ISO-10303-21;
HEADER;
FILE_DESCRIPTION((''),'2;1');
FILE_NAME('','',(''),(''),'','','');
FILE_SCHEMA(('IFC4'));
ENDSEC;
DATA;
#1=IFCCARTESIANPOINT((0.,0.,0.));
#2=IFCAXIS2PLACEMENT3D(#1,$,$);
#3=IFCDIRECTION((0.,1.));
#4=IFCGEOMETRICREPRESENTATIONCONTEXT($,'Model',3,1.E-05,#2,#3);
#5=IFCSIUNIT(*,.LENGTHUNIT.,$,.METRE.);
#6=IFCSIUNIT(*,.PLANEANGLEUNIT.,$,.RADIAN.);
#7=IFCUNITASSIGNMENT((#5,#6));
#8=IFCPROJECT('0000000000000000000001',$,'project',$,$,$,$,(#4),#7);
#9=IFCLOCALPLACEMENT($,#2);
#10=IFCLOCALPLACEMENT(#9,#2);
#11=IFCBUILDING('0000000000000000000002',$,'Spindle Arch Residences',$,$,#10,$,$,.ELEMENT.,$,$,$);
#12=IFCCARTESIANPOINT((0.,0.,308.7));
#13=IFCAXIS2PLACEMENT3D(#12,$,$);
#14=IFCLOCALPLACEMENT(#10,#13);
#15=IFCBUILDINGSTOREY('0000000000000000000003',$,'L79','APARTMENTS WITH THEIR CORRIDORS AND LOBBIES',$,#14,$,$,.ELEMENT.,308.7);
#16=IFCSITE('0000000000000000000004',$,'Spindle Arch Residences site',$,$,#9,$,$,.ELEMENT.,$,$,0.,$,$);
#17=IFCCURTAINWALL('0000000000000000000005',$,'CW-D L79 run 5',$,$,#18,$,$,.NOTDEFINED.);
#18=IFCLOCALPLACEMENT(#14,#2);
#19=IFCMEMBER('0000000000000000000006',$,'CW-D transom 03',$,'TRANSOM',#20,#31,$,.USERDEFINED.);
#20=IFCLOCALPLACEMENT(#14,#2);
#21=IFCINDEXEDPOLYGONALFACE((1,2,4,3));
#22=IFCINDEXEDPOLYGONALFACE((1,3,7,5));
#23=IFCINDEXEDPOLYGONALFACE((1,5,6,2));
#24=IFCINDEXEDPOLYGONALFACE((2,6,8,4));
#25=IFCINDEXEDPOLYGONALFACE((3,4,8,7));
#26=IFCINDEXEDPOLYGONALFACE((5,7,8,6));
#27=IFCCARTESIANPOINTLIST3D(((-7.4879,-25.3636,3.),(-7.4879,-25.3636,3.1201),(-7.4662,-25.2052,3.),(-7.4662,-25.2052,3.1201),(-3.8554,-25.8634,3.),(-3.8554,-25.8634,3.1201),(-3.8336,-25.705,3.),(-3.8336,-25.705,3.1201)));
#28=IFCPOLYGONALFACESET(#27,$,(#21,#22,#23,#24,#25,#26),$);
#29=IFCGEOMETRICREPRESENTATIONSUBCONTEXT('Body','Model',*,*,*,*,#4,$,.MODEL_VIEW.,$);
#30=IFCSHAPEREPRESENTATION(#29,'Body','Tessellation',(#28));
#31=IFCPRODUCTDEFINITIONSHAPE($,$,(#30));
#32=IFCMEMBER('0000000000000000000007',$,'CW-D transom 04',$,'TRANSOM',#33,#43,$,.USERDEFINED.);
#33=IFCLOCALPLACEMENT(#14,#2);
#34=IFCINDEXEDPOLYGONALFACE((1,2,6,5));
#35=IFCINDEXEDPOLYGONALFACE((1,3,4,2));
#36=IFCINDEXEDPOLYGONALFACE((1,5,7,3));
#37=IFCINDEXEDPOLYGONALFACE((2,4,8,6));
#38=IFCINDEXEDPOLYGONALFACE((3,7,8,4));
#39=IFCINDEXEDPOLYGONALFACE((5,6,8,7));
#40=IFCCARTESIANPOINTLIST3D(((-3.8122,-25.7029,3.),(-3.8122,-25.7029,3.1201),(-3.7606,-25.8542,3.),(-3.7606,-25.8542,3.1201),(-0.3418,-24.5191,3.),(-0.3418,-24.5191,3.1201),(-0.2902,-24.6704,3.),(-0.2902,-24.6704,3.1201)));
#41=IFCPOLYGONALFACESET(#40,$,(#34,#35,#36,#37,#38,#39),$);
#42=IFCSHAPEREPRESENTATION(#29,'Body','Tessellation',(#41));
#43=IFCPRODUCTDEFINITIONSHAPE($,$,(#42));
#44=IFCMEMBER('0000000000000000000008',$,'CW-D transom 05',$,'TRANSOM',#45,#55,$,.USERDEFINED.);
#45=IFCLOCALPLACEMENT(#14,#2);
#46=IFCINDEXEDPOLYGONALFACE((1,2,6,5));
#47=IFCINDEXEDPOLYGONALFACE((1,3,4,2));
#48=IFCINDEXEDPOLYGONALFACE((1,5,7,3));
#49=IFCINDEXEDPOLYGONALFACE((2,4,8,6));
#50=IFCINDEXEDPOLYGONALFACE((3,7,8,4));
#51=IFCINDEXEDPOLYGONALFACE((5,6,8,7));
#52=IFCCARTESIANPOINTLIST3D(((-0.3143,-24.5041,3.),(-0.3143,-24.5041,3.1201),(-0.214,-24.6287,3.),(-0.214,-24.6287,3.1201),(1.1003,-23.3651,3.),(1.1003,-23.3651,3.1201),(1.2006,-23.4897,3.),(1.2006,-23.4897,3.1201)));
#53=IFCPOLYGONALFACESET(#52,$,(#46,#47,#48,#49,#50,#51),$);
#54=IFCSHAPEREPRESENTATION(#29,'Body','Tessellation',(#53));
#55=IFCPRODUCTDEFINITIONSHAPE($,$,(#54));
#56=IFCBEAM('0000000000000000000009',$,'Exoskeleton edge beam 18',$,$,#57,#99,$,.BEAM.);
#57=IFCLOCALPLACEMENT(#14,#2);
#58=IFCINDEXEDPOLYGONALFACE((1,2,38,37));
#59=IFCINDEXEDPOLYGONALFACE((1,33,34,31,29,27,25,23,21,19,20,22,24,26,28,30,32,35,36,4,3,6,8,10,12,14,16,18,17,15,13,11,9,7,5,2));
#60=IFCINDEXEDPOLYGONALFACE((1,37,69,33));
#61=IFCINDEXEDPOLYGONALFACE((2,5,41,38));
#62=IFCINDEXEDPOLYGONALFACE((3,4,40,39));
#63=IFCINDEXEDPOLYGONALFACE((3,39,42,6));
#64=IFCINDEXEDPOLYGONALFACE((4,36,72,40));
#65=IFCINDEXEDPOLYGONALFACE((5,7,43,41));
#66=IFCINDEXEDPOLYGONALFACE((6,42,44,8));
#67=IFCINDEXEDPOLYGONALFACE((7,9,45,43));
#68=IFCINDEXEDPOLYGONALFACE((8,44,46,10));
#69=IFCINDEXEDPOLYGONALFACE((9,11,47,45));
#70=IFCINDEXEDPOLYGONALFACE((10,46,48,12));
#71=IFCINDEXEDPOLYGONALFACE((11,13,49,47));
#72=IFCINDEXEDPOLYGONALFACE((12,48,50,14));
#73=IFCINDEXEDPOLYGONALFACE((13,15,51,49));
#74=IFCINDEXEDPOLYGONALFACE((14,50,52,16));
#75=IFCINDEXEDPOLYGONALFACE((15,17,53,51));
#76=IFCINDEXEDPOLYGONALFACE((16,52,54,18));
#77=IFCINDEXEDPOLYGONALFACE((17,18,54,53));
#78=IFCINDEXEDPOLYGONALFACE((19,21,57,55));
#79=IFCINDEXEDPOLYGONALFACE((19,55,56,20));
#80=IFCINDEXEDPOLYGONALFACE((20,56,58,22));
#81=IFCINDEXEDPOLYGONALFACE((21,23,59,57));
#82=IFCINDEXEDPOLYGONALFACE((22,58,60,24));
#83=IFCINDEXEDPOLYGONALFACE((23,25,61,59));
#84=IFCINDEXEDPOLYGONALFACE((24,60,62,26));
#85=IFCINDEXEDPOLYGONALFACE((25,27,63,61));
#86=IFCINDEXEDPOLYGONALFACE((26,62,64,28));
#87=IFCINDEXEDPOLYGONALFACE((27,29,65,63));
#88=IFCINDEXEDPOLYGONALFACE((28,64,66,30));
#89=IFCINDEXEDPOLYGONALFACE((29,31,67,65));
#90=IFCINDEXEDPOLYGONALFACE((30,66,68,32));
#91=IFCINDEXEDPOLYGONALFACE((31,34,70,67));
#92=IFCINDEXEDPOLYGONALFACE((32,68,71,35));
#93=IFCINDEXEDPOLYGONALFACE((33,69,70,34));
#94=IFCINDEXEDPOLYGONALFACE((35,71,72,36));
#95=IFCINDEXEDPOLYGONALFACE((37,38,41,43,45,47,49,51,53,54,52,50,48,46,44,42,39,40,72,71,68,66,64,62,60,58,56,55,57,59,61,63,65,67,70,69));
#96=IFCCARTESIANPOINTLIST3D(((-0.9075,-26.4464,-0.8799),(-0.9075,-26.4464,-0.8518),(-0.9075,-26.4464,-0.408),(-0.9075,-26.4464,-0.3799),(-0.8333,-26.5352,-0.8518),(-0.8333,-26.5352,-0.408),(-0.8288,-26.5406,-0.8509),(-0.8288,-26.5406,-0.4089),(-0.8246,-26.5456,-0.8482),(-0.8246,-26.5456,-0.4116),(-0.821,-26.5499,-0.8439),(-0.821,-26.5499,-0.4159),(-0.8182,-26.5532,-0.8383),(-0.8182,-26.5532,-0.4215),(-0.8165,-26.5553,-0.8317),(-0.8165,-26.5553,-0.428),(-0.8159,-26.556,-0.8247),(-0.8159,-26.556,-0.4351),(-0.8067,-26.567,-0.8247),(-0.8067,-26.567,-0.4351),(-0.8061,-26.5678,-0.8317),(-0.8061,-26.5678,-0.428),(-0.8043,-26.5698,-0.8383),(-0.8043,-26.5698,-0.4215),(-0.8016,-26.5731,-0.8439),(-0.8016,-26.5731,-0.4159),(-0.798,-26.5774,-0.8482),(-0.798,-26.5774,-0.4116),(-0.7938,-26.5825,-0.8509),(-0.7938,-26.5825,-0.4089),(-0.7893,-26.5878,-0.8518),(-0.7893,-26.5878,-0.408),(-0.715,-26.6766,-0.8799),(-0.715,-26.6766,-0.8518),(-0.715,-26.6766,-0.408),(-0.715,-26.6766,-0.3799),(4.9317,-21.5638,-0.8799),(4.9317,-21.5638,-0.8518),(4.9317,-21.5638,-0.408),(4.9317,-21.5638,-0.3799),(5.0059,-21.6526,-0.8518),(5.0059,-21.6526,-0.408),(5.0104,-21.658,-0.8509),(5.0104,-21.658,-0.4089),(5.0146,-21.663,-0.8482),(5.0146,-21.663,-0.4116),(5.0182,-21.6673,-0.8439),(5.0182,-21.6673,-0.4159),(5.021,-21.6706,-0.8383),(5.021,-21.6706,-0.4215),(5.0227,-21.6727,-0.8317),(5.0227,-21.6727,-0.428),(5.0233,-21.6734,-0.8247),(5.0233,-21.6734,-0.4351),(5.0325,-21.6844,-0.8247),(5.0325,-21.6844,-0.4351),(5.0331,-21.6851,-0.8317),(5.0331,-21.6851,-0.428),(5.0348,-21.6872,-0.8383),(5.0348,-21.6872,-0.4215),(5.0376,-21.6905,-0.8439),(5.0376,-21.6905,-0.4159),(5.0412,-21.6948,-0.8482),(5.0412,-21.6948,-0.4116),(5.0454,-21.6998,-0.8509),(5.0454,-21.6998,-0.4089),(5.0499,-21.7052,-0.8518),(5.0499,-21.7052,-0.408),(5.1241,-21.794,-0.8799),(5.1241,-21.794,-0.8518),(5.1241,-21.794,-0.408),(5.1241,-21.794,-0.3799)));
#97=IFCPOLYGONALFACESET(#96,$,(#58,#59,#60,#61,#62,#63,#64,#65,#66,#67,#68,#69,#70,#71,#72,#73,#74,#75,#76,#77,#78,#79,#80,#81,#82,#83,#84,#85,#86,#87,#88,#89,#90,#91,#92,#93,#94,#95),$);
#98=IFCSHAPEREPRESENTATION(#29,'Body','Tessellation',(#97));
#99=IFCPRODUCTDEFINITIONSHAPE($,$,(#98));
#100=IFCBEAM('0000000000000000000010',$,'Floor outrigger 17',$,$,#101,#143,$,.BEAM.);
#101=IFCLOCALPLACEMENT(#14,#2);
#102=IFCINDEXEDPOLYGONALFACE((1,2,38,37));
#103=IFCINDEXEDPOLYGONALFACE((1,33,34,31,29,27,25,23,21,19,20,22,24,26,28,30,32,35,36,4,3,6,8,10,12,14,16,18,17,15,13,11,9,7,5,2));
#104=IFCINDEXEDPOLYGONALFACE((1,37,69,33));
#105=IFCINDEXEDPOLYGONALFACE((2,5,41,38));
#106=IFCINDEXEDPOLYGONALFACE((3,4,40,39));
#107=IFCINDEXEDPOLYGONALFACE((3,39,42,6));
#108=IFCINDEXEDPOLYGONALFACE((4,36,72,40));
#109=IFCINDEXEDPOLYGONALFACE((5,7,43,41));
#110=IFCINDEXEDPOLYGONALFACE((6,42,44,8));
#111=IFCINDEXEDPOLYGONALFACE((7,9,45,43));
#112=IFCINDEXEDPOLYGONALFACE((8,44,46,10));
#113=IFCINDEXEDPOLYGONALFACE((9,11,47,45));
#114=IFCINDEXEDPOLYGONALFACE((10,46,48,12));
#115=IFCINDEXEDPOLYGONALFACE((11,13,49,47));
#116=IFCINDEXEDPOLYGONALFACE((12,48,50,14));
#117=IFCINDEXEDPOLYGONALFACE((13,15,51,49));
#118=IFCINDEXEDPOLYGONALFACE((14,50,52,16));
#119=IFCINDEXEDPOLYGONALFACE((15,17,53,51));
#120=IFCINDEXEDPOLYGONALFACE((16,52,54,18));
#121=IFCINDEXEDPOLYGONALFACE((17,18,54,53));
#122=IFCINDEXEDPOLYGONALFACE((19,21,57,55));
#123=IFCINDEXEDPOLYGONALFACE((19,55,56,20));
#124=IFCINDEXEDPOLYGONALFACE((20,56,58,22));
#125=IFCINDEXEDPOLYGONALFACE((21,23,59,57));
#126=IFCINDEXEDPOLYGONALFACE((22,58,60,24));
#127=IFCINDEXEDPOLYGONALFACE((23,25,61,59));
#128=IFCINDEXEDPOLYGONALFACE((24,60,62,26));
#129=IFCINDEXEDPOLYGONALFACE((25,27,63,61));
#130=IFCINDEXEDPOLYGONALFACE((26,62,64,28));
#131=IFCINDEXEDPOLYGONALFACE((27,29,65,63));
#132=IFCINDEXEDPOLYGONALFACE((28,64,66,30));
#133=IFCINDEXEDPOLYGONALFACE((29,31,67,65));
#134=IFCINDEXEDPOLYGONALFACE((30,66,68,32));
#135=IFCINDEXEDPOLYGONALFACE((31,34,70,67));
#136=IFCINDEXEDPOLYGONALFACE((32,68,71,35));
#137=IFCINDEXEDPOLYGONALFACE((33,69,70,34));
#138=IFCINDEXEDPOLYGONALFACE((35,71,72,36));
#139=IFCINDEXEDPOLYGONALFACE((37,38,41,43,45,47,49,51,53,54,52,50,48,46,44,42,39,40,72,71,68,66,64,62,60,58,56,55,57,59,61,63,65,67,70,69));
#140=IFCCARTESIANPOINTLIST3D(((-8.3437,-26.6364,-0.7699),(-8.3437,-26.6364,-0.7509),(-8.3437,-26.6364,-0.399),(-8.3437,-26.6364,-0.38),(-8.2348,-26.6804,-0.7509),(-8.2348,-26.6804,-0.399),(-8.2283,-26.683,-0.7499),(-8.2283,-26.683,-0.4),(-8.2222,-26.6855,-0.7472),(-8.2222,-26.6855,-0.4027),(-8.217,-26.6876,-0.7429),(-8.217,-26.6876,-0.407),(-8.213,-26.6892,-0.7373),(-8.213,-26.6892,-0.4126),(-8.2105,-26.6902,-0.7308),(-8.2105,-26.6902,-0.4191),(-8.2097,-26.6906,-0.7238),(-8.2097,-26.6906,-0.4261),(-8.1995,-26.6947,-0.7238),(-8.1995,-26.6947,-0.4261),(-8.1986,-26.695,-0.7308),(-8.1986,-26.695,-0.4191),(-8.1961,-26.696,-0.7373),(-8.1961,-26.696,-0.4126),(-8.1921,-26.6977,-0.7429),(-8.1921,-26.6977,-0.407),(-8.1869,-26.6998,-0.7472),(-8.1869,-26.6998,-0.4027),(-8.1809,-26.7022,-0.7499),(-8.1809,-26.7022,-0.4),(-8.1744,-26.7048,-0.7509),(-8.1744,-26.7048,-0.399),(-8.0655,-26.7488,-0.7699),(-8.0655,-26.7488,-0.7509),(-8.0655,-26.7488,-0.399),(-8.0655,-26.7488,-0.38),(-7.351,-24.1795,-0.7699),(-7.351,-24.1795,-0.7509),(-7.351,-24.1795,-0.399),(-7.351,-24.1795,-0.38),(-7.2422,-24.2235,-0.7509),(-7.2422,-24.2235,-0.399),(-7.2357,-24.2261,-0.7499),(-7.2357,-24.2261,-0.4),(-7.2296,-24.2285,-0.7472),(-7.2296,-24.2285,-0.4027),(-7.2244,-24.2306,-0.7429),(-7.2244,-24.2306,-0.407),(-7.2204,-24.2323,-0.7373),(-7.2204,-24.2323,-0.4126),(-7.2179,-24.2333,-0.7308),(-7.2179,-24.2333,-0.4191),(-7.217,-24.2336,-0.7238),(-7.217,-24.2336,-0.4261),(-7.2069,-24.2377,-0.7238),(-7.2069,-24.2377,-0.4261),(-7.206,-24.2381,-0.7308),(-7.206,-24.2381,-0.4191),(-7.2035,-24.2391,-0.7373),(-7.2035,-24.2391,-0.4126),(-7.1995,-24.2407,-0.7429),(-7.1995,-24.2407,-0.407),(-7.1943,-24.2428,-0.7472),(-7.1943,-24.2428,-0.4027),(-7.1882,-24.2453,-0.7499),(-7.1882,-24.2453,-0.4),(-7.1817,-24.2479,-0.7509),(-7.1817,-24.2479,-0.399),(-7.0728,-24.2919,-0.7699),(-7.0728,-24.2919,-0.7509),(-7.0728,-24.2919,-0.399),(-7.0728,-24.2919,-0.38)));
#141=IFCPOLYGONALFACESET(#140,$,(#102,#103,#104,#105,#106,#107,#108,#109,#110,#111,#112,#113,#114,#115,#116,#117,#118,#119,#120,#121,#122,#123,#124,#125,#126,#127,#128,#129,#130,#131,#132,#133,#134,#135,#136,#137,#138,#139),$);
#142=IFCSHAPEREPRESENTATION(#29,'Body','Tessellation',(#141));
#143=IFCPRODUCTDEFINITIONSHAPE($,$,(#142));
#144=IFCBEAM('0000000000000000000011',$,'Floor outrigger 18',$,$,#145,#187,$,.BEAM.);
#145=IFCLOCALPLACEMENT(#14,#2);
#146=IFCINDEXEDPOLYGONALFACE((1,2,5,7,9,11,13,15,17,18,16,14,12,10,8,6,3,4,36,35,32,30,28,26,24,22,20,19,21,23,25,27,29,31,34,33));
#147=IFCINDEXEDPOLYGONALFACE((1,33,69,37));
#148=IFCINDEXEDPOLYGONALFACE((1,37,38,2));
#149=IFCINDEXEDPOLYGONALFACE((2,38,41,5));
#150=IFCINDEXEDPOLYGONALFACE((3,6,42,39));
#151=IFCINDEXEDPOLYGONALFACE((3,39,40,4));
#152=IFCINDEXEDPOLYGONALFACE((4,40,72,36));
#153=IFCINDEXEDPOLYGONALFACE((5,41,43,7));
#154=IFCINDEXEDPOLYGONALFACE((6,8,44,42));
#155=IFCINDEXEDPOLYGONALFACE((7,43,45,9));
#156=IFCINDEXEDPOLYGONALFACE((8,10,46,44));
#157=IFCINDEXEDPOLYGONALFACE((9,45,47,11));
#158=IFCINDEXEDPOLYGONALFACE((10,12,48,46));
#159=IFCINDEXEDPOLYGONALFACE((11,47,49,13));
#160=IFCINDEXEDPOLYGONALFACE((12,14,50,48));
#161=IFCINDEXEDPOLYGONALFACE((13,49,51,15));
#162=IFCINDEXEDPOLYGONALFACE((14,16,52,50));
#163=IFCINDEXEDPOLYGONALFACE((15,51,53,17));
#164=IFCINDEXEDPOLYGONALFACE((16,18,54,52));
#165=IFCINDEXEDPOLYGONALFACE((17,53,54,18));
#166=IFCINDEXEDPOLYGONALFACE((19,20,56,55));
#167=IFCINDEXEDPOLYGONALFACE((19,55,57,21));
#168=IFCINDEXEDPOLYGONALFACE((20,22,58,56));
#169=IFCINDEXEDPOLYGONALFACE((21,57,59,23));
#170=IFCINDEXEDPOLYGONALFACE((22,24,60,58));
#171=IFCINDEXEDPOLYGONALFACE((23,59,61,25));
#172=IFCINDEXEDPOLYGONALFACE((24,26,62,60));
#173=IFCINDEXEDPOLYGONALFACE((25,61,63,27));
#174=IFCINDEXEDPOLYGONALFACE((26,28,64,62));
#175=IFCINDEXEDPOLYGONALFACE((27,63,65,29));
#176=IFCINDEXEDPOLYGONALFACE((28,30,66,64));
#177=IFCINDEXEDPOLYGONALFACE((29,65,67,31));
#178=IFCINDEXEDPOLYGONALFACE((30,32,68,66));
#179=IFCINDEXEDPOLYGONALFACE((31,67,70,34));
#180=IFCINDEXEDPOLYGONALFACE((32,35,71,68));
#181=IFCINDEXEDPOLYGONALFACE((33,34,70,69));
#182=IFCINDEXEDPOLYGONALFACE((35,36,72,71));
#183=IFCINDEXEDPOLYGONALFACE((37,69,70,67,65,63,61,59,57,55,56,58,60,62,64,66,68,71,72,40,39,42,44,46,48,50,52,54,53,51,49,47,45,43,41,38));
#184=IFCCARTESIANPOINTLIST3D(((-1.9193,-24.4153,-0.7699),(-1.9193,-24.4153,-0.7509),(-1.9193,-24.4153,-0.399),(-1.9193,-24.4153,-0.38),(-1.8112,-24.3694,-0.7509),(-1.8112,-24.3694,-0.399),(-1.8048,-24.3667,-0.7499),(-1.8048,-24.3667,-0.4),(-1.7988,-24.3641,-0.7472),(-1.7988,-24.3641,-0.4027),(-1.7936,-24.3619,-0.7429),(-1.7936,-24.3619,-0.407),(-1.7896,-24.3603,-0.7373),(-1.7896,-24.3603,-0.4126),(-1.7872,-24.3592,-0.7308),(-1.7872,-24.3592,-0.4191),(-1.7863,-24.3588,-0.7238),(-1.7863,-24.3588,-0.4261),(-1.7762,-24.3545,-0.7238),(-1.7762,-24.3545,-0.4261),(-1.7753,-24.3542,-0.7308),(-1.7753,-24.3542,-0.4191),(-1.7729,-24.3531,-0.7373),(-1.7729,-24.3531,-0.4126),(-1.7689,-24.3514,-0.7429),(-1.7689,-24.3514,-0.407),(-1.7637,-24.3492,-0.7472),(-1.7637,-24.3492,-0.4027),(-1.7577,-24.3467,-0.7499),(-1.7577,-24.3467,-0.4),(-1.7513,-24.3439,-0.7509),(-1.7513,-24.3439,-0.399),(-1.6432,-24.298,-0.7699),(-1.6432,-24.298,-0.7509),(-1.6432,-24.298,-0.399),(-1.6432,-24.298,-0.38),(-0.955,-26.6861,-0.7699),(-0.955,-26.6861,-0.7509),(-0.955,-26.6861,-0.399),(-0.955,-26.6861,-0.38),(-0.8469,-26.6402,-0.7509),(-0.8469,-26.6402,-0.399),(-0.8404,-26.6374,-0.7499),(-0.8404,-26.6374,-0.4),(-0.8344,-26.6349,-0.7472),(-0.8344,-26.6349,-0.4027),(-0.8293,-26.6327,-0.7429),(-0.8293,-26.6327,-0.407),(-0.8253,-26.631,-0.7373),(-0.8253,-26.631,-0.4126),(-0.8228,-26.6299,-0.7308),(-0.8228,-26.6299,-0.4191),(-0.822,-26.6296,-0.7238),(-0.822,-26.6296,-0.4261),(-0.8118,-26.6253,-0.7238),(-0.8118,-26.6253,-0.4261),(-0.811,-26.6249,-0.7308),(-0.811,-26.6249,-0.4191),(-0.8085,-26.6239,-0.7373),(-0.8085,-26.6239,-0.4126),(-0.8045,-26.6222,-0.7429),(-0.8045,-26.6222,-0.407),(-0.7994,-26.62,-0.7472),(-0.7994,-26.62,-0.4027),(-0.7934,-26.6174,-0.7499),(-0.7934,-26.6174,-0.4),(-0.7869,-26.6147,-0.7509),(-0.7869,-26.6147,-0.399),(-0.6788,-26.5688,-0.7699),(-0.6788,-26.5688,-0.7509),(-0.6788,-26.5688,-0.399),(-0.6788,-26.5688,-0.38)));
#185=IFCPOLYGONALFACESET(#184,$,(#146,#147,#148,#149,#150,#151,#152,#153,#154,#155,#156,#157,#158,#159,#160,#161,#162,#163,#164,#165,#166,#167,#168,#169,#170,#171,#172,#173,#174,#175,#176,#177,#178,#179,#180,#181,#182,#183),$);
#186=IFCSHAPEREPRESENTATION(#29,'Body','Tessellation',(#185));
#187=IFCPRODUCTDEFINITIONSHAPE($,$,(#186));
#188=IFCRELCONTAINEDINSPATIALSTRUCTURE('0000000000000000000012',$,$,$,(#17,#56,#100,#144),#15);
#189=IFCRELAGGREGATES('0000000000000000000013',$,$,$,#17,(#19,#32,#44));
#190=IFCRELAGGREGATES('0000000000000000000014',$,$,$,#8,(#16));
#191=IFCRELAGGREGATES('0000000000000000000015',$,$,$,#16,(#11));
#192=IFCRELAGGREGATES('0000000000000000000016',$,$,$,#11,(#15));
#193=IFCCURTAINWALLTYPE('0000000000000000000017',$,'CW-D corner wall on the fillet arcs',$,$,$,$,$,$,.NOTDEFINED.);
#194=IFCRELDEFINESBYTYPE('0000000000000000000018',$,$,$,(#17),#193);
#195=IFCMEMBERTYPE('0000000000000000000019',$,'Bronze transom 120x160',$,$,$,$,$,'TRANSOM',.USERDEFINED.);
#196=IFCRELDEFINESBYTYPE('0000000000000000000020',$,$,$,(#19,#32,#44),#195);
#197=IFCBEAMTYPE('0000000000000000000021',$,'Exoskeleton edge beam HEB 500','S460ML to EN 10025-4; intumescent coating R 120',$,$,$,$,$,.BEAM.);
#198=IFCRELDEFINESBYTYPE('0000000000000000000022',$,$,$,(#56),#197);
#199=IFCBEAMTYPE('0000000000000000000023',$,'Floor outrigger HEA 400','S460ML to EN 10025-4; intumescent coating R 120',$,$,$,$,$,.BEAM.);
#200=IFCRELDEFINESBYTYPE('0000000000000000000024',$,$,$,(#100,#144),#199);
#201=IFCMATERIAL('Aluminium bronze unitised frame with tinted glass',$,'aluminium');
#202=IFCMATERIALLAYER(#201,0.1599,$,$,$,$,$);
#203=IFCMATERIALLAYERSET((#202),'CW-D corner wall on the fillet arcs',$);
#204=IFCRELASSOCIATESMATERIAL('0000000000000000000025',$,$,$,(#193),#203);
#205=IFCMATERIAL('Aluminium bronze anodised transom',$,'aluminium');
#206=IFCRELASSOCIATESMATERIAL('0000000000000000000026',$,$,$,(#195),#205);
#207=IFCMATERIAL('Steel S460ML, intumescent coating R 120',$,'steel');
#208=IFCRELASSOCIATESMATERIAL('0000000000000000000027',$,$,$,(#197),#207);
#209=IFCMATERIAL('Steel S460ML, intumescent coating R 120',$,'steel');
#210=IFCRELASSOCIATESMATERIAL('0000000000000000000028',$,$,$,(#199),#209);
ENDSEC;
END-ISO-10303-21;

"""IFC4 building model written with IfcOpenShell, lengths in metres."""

from ifc_helpers import new_model, si_unit, direction, frame, origin, origin_2d, place, context, subcontext, project, spatial, rectangle, i_section, extrude, material, layer, layer_set, material_profile, profile_set, type_object, element, aggregate, save


model = new_model("IFC4")

# Units and contexts
model_context = context("Model", 3, precision=1e-05, world=origin(), true_north=direction((0.0, 1.0)))
body_context = subcontext(model_context, "Body", "Model", "MODEL_VIEW")
ifc_project = project(units=[si_unit("LENGTHUNIT", "METRE"), si_unit("PLANEANGLEUNIT", "RADIAN")], contexts=[model_context])

# Site, building, storey
site_placement = place(None, origin())
site = spatial("IfcSite", under=ifc_project, at=site_placement, Name="Spindle Arch Residences site", CompositionType="ELEMENT", RefElevation=0.0)
building_placement = place(site_placement, origin())
building = spatial("IfcBuilding", under=site, at=building_placement, Name="Spindle Arch Residences", CompositionType="ELEMENT")
storey_placement = place(building_placement, frame((0.0, 0.0, 308.7)))
storey = spatial("IfcBuildingStorey", under=building, at=storey_placement, Name="L79", Description="APARTMENTS WITH THEIR CORRIDORS AND LOBBIES", CompositionType="ELEMENT", Elevation=308.7)

# Curtain wall, members
ifc_material_1 = material(Name="Aluminium bronze unitised frame with tinted glass", Category="aluminium")
ifc_layer_1 = layer(ifc_material_1, 0.1599)
ifc_layer_set_1 = layer_set([ifc_layer_1], Name="CW-D corner wall on the fillet arcs")
curtain_wall_type = type_object("IfcCurtainWallType", Name="CW-D corner wall on the fillet arcs", PredefinedType="NOTDEFINED", material=ifc_layer_set_1)
curtain_wall_placement = place(storey_placement, origin())
curtain_wall = element("IfcCurtainWall", 1, at=curtain_wall_placement, inside=storey, type_object=curtain_wall_type, Name="CW-D L79 run 5", PredefinedType="NOTDEFINED")
ifc_material_2 = material(Name="Aluminium bronze anodised transom", Category="aluminium")
ifc_material_profile_1 = material_profile(ifc_material_2, rectangle(XDim=0.1599, YDim=0.1201, at=origin_2d()), Name="TR 120x160")
ifc_profile_set_1 = profile_set([ifc_material_profile_1], Name="Aluminium bronze anodised transom")
member_type_1 = type_object("IfcMemberType", Name="Bronze transom 120x160", ElementType="TRANSOM", PredefinedType="USERDEFINED", material=ifc_profile_set_1)
member_1_placement = place(storey_placement, frame((-7.4771, -25.2844, 3.0601), z_axis=(0.990669, -0.136293, 0.0), x_axis=(0.136293, 0.990669, 0.0)))
member_1 = element("IfcMember", 2, at=member_1_placement, type_object=member_type_1, Name="CW-D transom 03", ObjectType="TRANSOM", PredefinedType="USERDEFINED", context=body_context, shape_type="SweptSolid", body=[
    extrude(rectangle(XDim=0.1599, YDim=0.1201, at=origin_2d()), origin(), (0.0, 0.0, 1.0), 3.6667),
])
member_2_placement = place(storey_placement, frame((-3.7864, -25.7786, 3.0601), z_axis=(0.94645, 0.322852, 0.0), x_axis=(-0.322852, 0.94645, 0.0)))
member_2 = element("IfcMember", 3, at=member_2_placement, type_object=member_type_1, Name="CW-D transom 04", ObjectType="TRANSOM", PredefinedType="USERDEFINED", context=body_context, shape_type="SweptSolid", body=[
    extrude(rectangle(XDim=0.1599, YDim=0.1201, at=origin_2d()), origin(), (0.0, 0.0, 1.0), 3.6667),
])
member_3_placement = place(storey_placement, frame((-0.2642, -24.5664, 3.0601), z_axis=(0.778911, 0.627135, 0.0), x_axis=(-0.627135, 0.778911, 0.0)))
member_3 = element("IfcMember", 4, at=member_3_placement, type_object=member_type_1, Name="CW-D transom 05", ObjectType="TRANSOM", PredefinedType="USERDEFINED", context=body_context, shape_type="SweptSolid", body=[
    extrude(rectangle(XDim=0.1599, YDim=0.1201, at=origin_2d()), origin(), (0.0, 0.0, 1.0), 1.8162),
])

# Beams
ifc_material_3 = material(Name="Steel S460ML, intumescent coating R 120", Category="steel")
ifc_material_profile_2 = material_profile(ifc_material_3, i_section(OverallWidth=0.3, OverallDepth=0.5, WebThickness=0.0144, FlangeThickness=0.0281, FilletRadius=0.0271, at=origin_2d()), Name="HEB 500")
ifc_profile_set_2 = profile_set([ifc_material_profile_2], Name="Steel S460ML, intumescent coating R 120")
beam_type_1 = type_object("IfcBeamType", Name="Exoskeleton edge beam HEB 500", Description="S460ML to EN 10025-4; intumescent coating R 120", PredefinedType="BEAM", material=ifc_profile_set_2)
beam_1_placement = place(storey_placement, frame((-0.8113, -26.5615, -0.6299), z_axis=(0.767145, 0.641474, 0.0), x_axis=(-0.641474, 0.767145, 0.0)))
element("IfcBeam", 5, at=beam_1_placement, inside=storey, type_object=beam_type_1, Name="Exoskeleton edge beam 18", PredefinedType="BEAM", context=body_context, shape_type="SweptSolid", body=[
    extrude(i_section(OverallWidth=0.3, OverallDepth=0.5, WebThickness=0.0144, FlangeThickness=0.0281, FilletRadius=0.0271, at=origin_2d()), origin(), (0.0, 0.0, 1.0), 7.6116),
])
ifc_material_4 = material(Name="Steel S460ML, intumescent coating R 120", Category="steel")
ifc_material_profile_3 = material_profile(ifc_material_4, i_section(OverallWidth=0.3, OverallDepth=0.3899, WebThickness=0.011, FlangeThickness=0.019, FilletRadius=0.0271, at=origin_2d()), Name="HEA 400")
ifc_profile_set_3 = profile_set([ifc_material_profile_3], Name="Steel S460ML, intumescent coating R 120")
beam_type_2 = type_object("IfcBeamType", Name="Floor outrigger HEA 400", Description="S460ML to EN 10025-4; intumescent coating R 120", PredefinedType="BEAM", material=ifc_profile_set_3)
beam_2_placement = place(storey_placement, frame((-8.2046, -26.6926, -0.575), z_axis=(0.374597, 0.927188, 0.0), x_axis=(-0.927188, 0.374597, 0.0)))
element("IfcBeam", 6, at=beam_2_placement, inside=storey, type_object=beam_type_2, Name="Floor outrigger 17", PredefinedType="BEAM", context=body_context, shape_type="SweptSolid", body=[
    extrude(i_section(OverallWidth=0.3, OverallDepth=0.3899, WebThickness=0.011, FlangeThickness=0.019, FilletRadius=0.0271, at=origin_2d()), origin(), (0.0, 0.0, 1.0), 2.6499),
])
beam_3_placement = place(storey_placement, frame((-0.8169, -26.6274, -0.575), z_axis=(-0.390895, 0.920435, 0.0), x_axis=(-0.920435, -0.390895, 0.0)))
element("IfcBeam", 7, at=beam_3_placement, inside=storey, type_object=beam_type_2, Name="Floor outrigger 18", PredefinedType="BEAM", context=body_context, shape_type="SweptSolid", body=[
    extrude(i_section(OverallWidth=0.3, OverallDepth=0.3899, WebThickness=0.011, FlangeThickness=0.019, FilletRadius=0.0271, at=origin_2d()), origin(), (0.0, 0.0, 1.0), 2.467),
])

aggregate(curtain_wall, [member_1, member_2, member_3])

save(model, "model.ifc")
